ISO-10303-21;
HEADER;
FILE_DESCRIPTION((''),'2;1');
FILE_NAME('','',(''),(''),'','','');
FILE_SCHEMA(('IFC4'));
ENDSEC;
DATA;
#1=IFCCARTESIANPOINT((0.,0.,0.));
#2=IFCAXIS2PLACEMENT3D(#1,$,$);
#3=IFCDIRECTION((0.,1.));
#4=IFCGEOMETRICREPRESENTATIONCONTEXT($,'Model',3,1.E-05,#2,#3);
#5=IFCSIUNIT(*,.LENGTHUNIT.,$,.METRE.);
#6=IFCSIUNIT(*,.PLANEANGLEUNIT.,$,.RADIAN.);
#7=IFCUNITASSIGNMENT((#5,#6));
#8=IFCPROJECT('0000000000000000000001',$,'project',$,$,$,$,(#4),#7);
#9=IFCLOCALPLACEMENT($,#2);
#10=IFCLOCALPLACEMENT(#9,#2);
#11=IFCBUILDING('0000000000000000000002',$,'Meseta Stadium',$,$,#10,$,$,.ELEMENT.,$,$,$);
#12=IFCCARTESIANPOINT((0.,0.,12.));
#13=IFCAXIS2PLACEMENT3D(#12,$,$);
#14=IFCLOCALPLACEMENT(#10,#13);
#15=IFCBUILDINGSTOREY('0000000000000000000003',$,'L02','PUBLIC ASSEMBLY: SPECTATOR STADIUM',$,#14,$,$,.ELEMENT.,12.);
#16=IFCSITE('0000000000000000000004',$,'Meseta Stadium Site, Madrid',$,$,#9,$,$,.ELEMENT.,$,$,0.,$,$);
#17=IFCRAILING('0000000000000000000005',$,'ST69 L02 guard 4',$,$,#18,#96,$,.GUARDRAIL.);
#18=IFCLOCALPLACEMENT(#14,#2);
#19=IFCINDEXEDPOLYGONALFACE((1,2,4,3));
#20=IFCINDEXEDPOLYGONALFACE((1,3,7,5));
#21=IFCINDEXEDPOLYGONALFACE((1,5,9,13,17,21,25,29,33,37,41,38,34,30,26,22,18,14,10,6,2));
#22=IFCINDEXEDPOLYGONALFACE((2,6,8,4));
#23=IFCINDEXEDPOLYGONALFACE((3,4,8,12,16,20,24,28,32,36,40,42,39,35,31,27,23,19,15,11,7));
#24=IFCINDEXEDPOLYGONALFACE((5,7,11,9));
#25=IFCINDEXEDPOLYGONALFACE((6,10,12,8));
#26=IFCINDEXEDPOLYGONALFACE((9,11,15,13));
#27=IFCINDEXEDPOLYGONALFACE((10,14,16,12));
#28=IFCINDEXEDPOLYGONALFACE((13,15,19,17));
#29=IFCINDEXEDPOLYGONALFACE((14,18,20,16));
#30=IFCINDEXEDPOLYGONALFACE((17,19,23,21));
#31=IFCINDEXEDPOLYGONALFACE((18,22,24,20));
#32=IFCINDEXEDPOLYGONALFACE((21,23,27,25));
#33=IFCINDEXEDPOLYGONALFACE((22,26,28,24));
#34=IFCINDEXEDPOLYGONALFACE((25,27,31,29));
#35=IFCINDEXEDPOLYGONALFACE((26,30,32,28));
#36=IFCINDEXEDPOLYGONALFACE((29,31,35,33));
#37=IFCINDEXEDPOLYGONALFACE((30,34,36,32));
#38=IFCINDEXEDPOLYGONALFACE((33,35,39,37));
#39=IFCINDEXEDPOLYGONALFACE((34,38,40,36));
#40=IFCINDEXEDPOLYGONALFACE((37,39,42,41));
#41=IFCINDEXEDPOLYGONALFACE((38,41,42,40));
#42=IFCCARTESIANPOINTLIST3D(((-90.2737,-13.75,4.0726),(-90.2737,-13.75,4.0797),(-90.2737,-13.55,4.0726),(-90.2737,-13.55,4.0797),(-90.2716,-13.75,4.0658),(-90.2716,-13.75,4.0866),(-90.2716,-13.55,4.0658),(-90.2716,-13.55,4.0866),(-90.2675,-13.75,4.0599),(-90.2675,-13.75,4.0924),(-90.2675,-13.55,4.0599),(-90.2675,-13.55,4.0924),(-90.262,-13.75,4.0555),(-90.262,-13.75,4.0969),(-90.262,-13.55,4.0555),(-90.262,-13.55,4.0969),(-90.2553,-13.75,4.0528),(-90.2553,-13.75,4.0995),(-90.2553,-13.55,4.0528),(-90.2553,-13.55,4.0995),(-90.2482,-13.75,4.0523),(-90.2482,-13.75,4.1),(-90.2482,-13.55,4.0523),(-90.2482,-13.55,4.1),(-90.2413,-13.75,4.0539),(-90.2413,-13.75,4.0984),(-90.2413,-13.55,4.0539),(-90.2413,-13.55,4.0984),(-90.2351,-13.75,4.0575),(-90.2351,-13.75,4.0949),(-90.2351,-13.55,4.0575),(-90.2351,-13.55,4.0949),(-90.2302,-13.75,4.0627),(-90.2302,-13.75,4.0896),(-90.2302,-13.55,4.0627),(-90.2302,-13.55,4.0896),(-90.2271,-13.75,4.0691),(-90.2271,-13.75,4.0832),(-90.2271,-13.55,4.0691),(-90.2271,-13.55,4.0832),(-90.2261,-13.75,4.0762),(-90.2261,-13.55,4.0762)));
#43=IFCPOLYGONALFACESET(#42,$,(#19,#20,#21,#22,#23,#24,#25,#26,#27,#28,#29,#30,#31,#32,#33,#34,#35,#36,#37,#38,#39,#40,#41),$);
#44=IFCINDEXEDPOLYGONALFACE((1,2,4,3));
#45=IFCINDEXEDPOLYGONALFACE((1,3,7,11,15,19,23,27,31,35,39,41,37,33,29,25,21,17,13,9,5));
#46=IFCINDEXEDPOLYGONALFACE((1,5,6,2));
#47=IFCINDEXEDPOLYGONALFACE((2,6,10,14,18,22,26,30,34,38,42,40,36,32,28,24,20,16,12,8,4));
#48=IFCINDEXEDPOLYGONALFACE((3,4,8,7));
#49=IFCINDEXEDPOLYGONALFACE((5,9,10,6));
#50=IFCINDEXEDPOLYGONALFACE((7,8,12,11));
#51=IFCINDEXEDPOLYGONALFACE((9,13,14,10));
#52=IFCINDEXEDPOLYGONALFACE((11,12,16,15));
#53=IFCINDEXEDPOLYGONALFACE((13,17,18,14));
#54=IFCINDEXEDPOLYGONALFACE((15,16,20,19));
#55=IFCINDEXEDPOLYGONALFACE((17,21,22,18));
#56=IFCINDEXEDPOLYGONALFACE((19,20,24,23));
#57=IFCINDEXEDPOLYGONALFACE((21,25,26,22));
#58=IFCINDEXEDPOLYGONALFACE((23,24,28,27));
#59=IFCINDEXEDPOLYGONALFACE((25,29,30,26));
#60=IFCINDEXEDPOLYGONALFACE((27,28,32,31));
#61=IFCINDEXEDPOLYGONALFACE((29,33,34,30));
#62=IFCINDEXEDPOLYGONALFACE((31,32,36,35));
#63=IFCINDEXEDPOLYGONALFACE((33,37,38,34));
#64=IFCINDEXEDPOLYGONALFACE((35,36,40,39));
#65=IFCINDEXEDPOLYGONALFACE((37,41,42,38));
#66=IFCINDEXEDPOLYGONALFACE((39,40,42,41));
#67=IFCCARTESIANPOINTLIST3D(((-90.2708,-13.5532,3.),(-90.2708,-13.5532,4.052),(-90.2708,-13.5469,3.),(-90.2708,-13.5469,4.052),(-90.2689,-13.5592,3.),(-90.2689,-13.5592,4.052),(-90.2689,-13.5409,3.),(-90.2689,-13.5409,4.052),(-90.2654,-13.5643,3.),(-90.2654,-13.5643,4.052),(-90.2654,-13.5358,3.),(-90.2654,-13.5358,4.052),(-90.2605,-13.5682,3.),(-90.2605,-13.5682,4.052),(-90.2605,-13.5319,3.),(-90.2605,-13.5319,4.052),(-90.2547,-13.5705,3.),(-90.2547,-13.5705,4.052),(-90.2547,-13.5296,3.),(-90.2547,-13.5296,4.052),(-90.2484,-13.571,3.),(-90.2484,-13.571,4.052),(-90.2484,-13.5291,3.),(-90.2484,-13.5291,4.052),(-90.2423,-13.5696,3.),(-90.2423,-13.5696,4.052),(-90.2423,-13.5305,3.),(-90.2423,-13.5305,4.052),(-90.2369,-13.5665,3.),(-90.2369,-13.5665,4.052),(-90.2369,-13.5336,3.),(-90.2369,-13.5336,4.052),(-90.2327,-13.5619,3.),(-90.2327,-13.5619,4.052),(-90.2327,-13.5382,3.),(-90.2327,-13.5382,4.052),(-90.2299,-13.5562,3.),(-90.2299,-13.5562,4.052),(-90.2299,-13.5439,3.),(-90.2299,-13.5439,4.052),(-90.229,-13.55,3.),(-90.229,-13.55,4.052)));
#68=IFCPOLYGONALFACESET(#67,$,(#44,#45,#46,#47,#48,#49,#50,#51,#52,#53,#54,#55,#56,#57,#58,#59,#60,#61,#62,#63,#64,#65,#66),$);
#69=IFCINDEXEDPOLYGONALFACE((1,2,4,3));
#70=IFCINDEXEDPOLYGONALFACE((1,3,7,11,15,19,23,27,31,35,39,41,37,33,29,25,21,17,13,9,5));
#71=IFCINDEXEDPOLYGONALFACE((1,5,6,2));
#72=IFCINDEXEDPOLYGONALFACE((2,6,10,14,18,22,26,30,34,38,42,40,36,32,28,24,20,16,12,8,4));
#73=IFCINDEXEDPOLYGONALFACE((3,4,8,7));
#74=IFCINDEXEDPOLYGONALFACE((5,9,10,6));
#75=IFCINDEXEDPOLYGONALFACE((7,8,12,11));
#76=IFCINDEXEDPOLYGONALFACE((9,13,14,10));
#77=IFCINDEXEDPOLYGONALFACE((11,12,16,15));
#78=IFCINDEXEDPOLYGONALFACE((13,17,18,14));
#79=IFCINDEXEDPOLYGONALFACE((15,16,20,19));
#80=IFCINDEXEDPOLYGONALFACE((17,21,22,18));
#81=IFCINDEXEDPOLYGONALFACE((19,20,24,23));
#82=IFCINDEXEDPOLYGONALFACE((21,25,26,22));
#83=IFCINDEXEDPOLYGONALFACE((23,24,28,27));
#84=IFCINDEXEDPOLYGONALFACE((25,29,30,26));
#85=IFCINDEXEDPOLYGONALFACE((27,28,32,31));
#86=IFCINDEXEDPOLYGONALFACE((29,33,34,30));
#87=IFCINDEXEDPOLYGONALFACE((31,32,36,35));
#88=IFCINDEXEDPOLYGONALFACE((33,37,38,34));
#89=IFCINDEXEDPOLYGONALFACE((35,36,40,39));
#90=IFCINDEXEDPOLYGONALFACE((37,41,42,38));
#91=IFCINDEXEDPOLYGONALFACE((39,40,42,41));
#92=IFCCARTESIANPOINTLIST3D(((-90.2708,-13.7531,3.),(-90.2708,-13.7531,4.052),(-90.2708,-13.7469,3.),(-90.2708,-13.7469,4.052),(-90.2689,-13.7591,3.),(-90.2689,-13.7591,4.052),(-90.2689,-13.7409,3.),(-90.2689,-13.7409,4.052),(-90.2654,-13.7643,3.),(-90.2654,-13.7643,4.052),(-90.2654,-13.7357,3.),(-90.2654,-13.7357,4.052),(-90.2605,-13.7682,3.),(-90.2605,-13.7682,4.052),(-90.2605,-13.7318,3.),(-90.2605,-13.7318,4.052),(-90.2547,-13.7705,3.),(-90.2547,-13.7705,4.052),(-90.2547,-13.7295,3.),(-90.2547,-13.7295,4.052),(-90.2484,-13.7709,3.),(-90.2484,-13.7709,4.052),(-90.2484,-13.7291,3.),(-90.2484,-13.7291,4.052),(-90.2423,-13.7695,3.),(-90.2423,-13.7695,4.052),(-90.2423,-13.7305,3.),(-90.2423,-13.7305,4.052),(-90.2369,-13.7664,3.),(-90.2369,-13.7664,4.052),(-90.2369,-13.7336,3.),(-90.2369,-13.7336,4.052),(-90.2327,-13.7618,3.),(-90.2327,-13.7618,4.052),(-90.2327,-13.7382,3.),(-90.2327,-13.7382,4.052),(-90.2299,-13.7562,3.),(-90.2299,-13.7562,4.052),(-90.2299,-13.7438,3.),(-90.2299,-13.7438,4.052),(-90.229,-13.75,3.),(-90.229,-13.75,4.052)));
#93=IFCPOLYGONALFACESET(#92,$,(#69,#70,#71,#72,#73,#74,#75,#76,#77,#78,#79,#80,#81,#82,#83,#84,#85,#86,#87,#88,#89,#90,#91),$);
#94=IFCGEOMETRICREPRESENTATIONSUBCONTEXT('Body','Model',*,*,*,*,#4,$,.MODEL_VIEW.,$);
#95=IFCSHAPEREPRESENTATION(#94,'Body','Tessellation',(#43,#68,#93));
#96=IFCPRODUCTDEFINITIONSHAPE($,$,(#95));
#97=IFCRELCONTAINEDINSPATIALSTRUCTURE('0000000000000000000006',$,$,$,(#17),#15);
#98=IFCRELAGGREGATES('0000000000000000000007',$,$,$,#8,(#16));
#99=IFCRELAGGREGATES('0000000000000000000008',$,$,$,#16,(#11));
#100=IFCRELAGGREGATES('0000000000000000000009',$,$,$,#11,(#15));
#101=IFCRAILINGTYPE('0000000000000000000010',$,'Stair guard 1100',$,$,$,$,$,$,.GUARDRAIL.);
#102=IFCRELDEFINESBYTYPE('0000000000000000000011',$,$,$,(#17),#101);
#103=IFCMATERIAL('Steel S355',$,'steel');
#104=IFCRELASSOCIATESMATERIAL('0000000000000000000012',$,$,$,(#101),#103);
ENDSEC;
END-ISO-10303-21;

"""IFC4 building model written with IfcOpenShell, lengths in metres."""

from ifc_helpers import new_model, si_unit, direction, frame, origin, origin_2d, place, context, subcontext, project, spatial, circle, extrude, material, type_object, element, save


model = new_model("IFC4")

# Units and contexts
model_context = context("Model", 3, precision=1e-05, world=origin(), true_north=direction((0.0, 1.0)))
body_context = subcontext(model_context, "Body", "Model", "MODEL_VIEW")
ifc_project = project(units=[si_unit("LENGTHUNIT", "METRE"), si_unit("PLANEANGLEUNIT", "RADIAN")], contexts=[model_context])

# Site, building, storey
site_placement = place(None, origin())
site = spatial("IfcSite", under=ifc_project, at=site_placement, Name="Meseta Stadium Site, Madrid", CompositionType="ELEMENT", RefElevation=0.0)
building_placement = place(site_placement, origin())
building = spatial("IfcBuilding", under=site, at=building_placement, Name="Meseta Stadium", CompositionType="ELEMENT")
storey_placement = place(building_placement, frame((0.0, 0.0, 12.0)))
storey = spatial("IfcBuildingStorey", under=building, at=storey_placement, Name="L02", Description="PUBLIC ASSEMBLY: SPECTATOR STADIUM", CompositionType="ELEMENT", Elevation=12.0)

# Railing
ifc_material_1 = material(Name="Steel S355", Category="steel")
railing_type_1 = type_object("IfcRailingType", Name="Stair guard 1100", PredefinedType="GUARDRAIL", material=ifc_material_1)
railing_1_placement = place(storey_placement, frame((-90.25, -13.55, 3.0)))
element("IfcRailing", 1, at=railing_1_placement, inside=storey, type_object=railing_type_1, Name="ST69 L02 guard 4", PredefinedType="GUARDRAIL", context=body_context, shape_type="SweptSolid", body=[
    extrude(circle(Radius=0.0239, at=origin_2d()), frame((0.0, 0.0, 1.0762), z_axis=(0.0, -1.0, 0.0), x_axis=(1.0, 0.0, 0.0)), (0.0, 0.0, 1.0), 0.2),
    extrude(circle(Radius=0.021, at=origin_2d()), origin(), (0.0, 0.0, 1.0), 1.052),
    extrude(circle(Radius=0.021, at=origin_2d()), frame((0.0, -0.2, 0.0)), (0.0, 0.0, 1.0), 1.052),
])

save(model, "model.ifc")
